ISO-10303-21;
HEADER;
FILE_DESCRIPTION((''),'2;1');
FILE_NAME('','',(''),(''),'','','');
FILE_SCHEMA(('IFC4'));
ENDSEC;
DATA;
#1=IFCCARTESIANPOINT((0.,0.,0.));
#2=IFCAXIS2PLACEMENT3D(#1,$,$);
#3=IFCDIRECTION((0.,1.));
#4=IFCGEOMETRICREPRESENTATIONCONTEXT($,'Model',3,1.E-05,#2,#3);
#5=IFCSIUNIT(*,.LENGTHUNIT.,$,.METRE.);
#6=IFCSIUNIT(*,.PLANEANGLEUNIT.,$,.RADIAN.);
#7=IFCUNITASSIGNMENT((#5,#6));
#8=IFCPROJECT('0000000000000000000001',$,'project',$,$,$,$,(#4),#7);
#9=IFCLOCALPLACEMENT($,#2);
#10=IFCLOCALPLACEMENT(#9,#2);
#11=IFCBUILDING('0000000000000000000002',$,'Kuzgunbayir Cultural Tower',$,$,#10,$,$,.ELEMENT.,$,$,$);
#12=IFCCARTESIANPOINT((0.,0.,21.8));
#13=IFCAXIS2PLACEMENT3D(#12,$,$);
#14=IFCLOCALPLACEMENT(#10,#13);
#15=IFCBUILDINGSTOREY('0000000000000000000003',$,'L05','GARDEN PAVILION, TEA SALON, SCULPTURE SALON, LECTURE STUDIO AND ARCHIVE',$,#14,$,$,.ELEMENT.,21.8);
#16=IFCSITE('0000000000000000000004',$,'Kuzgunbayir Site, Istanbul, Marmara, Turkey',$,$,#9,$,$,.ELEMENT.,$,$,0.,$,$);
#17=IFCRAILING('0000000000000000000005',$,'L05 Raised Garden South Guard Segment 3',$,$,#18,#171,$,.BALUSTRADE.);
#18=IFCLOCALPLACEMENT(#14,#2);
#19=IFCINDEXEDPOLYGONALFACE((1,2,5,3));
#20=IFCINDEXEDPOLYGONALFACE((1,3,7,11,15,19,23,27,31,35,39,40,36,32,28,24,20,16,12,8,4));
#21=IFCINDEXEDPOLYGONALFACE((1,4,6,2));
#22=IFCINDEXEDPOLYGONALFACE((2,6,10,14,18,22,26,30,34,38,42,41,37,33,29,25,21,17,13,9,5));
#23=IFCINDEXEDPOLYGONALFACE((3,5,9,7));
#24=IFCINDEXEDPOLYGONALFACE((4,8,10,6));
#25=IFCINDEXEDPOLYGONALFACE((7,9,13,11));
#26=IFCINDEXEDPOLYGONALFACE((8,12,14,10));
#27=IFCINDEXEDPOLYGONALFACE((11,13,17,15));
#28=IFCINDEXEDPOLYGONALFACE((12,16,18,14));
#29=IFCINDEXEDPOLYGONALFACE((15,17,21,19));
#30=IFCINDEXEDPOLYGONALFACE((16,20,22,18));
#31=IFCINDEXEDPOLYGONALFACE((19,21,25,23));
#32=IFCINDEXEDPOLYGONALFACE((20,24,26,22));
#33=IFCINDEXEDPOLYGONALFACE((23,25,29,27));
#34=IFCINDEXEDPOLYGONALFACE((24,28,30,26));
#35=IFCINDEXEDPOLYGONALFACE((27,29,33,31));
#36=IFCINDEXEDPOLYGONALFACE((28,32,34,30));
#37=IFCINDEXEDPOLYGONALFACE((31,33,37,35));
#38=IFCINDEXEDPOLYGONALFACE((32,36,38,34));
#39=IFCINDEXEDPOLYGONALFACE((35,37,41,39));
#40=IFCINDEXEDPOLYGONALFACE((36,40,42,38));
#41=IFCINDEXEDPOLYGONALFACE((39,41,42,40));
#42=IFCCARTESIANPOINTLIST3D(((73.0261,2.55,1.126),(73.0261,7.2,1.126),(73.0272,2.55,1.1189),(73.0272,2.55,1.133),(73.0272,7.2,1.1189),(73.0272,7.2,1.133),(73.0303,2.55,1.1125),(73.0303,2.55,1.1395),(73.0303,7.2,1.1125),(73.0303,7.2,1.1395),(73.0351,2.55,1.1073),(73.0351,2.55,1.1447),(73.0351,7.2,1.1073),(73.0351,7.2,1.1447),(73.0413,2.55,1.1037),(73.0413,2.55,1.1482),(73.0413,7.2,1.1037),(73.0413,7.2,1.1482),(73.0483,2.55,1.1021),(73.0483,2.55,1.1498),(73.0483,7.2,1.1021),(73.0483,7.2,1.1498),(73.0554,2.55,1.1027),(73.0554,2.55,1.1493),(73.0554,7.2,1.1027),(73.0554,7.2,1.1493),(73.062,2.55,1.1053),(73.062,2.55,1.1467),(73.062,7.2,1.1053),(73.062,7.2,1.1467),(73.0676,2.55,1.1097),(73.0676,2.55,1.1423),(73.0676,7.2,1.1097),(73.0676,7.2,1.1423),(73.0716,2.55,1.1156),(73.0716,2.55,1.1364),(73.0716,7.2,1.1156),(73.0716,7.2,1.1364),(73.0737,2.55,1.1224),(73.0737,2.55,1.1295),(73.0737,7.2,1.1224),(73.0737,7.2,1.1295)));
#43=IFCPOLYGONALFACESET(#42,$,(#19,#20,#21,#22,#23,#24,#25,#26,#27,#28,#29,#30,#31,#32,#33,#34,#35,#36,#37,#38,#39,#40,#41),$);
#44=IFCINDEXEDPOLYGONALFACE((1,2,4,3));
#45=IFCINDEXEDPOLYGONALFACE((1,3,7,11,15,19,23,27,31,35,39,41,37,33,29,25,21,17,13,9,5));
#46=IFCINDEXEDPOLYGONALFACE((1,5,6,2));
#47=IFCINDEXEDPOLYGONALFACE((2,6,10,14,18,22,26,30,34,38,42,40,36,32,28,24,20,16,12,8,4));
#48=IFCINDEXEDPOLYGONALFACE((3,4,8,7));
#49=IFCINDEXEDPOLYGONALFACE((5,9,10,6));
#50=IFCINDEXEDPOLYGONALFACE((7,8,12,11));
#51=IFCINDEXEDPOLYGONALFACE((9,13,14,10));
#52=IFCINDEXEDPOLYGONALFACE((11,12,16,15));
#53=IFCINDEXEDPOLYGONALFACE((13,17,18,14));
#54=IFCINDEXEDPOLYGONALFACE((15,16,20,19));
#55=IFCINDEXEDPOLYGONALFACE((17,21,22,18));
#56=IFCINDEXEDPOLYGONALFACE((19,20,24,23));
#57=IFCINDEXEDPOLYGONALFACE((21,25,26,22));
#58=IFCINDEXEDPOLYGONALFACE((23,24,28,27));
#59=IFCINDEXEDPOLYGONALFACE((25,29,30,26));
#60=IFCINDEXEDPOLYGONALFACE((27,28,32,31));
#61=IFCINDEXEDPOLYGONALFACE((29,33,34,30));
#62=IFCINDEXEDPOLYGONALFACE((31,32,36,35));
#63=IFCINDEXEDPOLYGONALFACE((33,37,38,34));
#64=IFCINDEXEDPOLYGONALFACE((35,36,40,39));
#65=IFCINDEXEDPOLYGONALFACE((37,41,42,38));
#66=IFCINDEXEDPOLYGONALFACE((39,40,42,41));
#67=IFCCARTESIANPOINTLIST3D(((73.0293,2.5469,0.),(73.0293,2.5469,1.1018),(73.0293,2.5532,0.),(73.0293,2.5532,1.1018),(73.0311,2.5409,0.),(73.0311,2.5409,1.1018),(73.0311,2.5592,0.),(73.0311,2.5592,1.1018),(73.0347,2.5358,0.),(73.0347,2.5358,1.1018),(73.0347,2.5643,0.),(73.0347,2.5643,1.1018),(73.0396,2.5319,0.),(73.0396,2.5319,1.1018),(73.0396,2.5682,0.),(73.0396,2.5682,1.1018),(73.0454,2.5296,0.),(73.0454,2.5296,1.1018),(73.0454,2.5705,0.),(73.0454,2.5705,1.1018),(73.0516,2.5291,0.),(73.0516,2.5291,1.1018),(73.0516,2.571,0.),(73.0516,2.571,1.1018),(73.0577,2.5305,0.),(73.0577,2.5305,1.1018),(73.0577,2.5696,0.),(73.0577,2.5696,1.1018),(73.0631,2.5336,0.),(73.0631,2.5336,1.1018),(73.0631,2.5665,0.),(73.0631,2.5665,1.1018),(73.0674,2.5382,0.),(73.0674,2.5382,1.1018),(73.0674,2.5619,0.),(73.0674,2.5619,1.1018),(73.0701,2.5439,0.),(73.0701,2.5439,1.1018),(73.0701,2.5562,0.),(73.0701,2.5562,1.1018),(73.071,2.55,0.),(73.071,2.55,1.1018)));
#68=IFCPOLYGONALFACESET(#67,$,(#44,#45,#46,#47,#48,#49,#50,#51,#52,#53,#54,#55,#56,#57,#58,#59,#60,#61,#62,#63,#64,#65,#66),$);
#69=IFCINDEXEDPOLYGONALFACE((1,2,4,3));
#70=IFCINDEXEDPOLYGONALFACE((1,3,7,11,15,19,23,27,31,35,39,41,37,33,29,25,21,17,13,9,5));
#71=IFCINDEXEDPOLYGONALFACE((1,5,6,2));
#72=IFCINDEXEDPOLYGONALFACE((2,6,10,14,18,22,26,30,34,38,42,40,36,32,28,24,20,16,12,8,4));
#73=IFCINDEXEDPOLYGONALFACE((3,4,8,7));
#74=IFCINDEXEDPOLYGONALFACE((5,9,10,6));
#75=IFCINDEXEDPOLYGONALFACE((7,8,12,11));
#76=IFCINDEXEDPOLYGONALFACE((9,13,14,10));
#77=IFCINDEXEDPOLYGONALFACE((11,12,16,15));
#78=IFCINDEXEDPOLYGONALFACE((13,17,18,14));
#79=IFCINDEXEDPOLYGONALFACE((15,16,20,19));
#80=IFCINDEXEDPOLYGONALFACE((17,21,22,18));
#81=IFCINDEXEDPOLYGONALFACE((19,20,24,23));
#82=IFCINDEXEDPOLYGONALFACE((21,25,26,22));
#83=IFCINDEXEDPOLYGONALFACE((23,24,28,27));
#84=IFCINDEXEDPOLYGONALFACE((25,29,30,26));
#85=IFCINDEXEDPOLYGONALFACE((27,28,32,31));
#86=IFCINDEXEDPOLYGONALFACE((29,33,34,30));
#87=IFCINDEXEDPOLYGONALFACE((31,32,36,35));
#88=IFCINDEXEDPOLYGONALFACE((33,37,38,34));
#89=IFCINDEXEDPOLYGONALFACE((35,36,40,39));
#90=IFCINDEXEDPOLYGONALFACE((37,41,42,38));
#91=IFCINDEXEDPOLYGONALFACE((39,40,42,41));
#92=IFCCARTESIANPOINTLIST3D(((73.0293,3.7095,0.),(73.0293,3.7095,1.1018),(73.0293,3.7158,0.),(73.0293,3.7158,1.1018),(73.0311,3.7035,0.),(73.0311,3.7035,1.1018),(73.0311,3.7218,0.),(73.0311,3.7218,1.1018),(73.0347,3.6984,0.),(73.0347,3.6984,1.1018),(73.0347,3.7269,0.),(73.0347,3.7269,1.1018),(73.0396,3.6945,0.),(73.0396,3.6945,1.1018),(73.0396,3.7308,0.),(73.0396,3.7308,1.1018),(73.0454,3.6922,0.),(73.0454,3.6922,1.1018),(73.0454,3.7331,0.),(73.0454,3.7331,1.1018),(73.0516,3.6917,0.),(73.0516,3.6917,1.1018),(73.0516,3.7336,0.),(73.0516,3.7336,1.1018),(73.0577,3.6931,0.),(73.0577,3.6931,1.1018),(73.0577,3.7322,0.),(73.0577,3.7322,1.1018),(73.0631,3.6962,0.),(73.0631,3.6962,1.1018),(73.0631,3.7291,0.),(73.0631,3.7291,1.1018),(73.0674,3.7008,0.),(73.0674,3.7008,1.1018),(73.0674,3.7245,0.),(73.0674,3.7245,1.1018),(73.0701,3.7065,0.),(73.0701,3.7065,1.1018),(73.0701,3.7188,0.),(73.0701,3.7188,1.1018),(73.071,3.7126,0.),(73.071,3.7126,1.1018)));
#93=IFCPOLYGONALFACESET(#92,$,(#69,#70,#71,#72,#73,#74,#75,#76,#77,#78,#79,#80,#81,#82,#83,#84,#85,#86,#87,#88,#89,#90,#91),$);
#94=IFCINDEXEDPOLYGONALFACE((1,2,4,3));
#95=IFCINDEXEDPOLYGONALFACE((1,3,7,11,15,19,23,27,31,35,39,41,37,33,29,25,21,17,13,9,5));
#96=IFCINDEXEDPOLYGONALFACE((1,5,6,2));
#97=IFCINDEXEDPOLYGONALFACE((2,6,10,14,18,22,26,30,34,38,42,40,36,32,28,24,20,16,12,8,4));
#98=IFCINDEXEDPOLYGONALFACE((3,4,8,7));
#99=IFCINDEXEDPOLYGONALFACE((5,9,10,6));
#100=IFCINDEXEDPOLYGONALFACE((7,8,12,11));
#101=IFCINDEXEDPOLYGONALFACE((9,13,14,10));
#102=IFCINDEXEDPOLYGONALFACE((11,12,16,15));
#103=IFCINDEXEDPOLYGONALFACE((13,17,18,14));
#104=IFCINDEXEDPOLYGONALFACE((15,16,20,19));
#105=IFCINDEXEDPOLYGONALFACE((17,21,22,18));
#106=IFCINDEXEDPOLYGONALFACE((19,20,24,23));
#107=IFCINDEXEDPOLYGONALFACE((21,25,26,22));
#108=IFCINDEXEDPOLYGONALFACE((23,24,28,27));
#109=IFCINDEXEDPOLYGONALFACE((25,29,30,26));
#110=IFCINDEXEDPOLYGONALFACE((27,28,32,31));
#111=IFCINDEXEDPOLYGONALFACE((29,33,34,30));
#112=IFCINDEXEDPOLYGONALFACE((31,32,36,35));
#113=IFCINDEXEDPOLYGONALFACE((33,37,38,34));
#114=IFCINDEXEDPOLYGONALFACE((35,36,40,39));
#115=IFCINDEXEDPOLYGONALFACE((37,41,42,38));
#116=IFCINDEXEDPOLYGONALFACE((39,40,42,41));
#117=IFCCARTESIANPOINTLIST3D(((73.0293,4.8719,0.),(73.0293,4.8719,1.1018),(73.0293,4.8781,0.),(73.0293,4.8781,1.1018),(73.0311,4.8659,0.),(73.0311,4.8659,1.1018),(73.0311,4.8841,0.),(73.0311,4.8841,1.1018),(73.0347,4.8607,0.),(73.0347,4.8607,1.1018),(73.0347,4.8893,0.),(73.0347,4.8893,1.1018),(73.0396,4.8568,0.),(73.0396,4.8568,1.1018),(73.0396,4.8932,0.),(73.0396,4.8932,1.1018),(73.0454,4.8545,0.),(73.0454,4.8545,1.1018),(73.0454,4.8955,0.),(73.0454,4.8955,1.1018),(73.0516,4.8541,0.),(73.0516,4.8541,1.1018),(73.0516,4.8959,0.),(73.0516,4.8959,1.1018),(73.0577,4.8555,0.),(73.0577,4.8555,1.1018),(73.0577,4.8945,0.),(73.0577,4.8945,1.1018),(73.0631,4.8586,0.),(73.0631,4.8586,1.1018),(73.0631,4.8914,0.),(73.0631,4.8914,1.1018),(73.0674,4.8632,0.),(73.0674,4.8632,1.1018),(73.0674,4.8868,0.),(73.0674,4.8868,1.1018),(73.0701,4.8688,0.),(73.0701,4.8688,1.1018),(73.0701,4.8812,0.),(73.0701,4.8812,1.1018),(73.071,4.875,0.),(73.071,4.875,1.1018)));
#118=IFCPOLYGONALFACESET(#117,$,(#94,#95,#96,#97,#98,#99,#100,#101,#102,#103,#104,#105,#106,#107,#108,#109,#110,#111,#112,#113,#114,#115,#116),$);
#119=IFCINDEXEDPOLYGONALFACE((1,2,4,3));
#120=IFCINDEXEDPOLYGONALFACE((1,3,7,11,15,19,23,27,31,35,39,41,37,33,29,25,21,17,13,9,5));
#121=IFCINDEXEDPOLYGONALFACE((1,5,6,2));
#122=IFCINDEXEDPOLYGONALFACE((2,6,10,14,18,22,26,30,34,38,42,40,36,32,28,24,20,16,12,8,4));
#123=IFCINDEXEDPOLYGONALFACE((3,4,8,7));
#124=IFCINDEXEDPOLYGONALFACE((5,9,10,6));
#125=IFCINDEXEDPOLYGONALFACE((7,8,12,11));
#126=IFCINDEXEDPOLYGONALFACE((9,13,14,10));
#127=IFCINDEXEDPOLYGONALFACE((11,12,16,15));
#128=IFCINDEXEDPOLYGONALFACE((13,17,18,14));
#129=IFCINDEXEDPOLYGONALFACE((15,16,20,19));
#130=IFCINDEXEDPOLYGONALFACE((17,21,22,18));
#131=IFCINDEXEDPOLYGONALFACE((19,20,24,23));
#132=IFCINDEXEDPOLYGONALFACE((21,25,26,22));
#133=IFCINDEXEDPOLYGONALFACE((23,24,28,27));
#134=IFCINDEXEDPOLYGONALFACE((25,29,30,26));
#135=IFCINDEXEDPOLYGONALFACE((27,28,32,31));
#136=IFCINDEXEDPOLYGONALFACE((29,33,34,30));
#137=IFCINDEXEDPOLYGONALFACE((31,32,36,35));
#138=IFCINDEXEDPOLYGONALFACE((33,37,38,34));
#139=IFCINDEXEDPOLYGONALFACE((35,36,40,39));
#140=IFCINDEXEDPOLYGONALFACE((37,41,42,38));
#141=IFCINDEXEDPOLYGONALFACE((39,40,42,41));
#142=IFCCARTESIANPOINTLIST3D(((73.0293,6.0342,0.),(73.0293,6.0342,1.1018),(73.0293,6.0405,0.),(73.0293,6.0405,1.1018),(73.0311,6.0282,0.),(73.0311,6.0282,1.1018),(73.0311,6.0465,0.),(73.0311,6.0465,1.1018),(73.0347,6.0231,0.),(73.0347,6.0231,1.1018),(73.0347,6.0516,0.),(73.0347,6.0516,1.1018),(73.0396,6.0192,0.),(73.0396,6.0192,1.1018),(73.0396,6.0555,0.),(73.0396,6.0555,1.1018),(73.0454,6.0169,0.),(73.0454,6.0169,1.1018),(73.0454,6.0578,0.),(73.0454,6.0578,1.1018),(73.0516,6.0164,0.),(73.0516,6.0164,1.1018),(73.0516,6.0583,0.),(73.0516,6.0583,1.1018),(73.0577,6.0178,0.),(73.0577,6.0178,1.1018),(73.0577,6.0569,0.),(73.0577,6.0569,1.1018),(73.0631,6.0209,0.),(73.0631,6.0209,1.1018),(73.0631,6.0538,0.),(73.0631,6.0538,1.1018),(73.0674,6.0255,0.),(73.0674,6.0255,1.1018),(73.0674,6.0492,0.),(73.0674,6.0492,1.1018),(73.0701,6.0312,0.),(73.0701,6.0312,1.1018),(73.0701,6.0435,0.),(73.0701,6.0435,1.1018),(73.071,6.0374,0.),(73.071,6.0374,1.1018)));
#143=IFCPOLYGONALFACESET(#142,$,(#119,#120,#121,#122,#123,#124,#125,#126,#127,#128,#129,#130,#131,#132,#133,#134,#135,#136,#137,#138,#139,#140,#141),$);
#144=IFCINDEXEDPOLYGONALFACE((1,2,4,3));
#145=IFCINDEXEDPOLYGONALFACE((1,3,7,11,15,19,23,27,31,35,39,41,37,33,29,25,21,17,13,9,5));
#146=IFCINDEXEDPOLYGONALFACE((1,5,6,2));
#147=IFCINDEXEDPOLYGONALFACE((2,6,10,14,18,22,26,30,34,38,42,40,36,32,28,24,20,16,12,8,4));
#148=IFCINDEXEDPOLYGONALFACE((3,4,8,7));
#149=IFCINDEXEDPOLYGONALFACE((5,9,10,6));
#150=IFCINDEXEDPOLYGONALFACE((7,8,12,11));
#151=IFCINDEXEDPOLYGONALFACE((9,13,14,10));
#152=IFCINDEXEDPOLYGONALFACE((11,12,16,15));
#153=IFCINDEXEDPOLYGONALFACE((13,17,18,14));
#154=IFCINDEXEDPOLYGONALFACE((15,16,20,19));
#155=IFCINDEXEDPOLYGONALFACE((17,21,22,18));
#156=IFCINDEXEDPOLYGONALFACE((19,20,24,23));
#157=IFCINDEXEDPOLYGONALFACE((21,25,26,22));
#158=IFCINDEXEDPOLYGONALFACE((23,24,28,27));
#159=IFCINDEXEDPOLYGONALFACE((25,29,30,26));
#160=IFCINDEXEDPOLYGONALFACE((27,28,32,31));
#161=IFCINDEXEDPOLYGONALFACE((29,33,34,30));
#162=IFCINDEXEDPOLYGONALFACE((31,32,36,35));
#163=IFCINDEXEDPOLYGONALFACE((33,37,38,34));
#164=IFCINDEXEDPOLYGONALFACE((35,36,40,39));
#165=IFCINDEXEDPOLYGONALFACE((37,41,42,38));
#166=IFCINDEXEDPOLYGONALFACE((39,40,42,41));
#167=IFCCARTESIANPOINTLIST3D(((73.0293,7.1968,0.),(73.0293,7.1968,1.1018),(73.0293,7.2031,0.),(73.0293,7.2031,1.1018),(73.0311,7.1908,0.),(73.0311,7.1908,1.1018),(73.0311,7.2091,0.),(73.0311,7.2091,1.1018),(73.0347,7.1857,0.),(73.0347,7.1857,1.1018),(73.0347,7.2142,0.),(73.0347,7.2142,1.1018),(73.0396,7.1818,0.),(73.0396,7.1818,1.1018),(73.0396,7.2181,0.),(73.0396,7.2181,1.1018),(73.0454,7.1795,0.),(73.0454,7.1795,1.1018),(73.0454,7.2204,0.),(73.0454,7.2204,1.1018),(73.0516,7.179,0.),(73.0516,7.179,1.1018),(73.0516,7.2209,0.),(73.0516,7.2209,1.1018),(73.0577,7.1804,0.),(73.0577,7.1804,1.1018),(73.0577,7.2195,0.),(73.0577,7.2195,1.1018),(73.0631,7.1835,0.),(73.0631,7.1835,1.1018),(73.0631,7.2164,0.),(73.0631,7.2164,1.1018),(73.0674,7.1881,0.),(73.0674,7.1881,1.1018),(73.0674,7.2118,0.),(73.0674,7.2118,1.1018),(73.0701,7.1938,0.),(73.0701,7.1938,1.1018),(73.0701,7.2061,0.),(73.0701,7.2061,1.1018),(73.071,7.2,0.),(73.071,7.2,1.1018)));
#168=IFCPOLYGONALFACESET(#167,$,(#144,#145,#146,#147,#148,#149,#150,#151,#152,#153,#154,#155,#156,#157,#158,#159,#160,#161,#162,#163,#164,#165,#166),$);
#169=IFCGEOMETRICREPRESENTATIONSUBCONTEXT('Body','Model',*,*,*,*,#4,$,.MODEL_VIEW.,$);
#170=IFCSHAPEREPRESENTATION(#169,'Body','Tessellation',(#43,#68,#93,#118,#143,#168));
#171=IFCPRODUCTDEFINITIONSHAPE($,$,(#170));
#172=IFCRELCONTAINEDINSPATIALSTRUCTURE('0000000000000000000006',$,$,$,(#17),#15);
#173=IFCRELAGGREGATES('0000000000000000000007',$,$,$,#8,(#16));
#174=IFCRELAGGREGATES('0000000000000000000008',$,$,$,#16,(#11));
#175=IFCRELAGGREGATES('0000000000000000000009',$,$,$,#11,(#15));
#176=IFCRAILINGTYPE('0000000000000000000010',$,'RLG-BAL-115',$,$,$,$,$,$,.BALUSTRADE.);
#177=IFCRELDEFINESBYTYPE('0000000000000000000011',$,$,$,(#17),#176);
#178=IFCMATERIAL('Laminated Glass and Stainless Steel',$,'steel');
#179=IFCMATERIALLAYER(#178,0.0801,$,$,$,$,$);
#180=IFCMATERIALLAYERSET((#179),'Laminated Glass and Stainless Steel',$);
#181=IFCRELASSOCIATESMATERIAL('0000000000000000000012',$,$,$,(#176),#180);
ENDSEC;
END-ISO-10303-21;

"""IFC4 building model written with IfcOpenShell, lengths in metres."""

from ifc_helpers import new_model, si_unit, direction, frame, origin, origin_2d, place, context, subcontext, project, spatial, circle, extrude, material, layer, layer_set, type_object, element, save


model = new_model("IFC4")

# Units and contexts
model_context = context("Model", 3, precision=1e-05, world=origin(), true_north=direction((0.0, 1.0)))
body_context = subcontext(model_context, "Body", "Model", "MODEL_VIEW")
ifc_project = project(units=[si_unit("LENGTHUNIT", "METRE"), si_unit("PLANEANGLEUNIT", "RADIAN")], contexts=[model_context])

# Site, building, storey
site_placement = place(None, origin())
site = spatial("IfcSite", under=ifc_project, at=site_placement, Name="Kuzgunbayir Site, Istanbul, Marmara, Turkey", CompositionType="ELEMENT", RefElevation=0.0)
building_placement = place(site_placement, origin())
building = spatial("IfcBuilding", under=site, at=building_placement, Name="Kuzgunbayir Cultural Tower", CompositionType="ELEMENT")
storey_placement = place(building_placement, frame((0.0, 0.0, 21.8)))
storey = spatial("IfcBuildingStorey", under=building, at=storey_placement, Name="L05", Description="GARDEN PAVILION, TEA SALON, SCULPTURE SALON, LECTURE STUDIO AND ARCHIVE", CompositionType="ELEMENT", Elevation=21.8)

# Railing
ifc_material_1 = material(Name="Laminated Glass and Stainless Steel", Category="steel")
ifc_layer_1 = layer(ifc_material_1, 0.0801)
ifc_layer_set_1 = layer_set([ifc_layer_1], Name="Laminated Glass and Stainless Steel")
railing_type_1 = type_object("IfcRailingType", Name="RLG-BAL-115", PredefinedType="BALUSTRADE", material=ifc_layer_set_1)
railing_1_placement = place(storey_placement, frame((73.05, 2.55, 0.0)))
element("IfcRailing", 1, at=railing_1_placement, inside=storey, type_object=railing_type_1, Name="L05 Raised Garden South Guard Segment 3", PredefinedType="BALUSTRADE", context=body_context, shape_type="SweptSolid", body=[
    extrude(circle(Radius=0.0239, at=origin_2d()), frame((0.0, 0.0, 1.126), z_axis=(0.0, 1.0, 0.0), x_axis=(-1.0, 0.0, 0.0)), (0.0, 0.0, 1.0), 4.6499),
    extrude(circle(Radius=0.021, at=origin_2d()), origin(), (0.0, 0.0, 1.0), 1.1018),
    extrude(circle(Radius=0.021, at=origin_2d()), frame((0.0, 1.1626, 0.0)), (0.0, 0.0, 1.0), 1.1018),
    extrude(circle(Radius=0.021, at=origin_2d()), frame((0.0, 2.325, 0.0)), (0.0, 0.0, 1.0), 1.1018),
    extrude(circle(Radius=0.021, at=origin_2d()), frame((0.0, 3.4873, 0.0)), (0.0, 0.0, 1.0), 1.1018),
    extrude(circle(Radius=0.021, at=origin_2d()), frame((0.0, 4.6499, 0.0)), (0.0, 0.0, 1.0), 1.1018),
])

save(model, "model.ifc")
